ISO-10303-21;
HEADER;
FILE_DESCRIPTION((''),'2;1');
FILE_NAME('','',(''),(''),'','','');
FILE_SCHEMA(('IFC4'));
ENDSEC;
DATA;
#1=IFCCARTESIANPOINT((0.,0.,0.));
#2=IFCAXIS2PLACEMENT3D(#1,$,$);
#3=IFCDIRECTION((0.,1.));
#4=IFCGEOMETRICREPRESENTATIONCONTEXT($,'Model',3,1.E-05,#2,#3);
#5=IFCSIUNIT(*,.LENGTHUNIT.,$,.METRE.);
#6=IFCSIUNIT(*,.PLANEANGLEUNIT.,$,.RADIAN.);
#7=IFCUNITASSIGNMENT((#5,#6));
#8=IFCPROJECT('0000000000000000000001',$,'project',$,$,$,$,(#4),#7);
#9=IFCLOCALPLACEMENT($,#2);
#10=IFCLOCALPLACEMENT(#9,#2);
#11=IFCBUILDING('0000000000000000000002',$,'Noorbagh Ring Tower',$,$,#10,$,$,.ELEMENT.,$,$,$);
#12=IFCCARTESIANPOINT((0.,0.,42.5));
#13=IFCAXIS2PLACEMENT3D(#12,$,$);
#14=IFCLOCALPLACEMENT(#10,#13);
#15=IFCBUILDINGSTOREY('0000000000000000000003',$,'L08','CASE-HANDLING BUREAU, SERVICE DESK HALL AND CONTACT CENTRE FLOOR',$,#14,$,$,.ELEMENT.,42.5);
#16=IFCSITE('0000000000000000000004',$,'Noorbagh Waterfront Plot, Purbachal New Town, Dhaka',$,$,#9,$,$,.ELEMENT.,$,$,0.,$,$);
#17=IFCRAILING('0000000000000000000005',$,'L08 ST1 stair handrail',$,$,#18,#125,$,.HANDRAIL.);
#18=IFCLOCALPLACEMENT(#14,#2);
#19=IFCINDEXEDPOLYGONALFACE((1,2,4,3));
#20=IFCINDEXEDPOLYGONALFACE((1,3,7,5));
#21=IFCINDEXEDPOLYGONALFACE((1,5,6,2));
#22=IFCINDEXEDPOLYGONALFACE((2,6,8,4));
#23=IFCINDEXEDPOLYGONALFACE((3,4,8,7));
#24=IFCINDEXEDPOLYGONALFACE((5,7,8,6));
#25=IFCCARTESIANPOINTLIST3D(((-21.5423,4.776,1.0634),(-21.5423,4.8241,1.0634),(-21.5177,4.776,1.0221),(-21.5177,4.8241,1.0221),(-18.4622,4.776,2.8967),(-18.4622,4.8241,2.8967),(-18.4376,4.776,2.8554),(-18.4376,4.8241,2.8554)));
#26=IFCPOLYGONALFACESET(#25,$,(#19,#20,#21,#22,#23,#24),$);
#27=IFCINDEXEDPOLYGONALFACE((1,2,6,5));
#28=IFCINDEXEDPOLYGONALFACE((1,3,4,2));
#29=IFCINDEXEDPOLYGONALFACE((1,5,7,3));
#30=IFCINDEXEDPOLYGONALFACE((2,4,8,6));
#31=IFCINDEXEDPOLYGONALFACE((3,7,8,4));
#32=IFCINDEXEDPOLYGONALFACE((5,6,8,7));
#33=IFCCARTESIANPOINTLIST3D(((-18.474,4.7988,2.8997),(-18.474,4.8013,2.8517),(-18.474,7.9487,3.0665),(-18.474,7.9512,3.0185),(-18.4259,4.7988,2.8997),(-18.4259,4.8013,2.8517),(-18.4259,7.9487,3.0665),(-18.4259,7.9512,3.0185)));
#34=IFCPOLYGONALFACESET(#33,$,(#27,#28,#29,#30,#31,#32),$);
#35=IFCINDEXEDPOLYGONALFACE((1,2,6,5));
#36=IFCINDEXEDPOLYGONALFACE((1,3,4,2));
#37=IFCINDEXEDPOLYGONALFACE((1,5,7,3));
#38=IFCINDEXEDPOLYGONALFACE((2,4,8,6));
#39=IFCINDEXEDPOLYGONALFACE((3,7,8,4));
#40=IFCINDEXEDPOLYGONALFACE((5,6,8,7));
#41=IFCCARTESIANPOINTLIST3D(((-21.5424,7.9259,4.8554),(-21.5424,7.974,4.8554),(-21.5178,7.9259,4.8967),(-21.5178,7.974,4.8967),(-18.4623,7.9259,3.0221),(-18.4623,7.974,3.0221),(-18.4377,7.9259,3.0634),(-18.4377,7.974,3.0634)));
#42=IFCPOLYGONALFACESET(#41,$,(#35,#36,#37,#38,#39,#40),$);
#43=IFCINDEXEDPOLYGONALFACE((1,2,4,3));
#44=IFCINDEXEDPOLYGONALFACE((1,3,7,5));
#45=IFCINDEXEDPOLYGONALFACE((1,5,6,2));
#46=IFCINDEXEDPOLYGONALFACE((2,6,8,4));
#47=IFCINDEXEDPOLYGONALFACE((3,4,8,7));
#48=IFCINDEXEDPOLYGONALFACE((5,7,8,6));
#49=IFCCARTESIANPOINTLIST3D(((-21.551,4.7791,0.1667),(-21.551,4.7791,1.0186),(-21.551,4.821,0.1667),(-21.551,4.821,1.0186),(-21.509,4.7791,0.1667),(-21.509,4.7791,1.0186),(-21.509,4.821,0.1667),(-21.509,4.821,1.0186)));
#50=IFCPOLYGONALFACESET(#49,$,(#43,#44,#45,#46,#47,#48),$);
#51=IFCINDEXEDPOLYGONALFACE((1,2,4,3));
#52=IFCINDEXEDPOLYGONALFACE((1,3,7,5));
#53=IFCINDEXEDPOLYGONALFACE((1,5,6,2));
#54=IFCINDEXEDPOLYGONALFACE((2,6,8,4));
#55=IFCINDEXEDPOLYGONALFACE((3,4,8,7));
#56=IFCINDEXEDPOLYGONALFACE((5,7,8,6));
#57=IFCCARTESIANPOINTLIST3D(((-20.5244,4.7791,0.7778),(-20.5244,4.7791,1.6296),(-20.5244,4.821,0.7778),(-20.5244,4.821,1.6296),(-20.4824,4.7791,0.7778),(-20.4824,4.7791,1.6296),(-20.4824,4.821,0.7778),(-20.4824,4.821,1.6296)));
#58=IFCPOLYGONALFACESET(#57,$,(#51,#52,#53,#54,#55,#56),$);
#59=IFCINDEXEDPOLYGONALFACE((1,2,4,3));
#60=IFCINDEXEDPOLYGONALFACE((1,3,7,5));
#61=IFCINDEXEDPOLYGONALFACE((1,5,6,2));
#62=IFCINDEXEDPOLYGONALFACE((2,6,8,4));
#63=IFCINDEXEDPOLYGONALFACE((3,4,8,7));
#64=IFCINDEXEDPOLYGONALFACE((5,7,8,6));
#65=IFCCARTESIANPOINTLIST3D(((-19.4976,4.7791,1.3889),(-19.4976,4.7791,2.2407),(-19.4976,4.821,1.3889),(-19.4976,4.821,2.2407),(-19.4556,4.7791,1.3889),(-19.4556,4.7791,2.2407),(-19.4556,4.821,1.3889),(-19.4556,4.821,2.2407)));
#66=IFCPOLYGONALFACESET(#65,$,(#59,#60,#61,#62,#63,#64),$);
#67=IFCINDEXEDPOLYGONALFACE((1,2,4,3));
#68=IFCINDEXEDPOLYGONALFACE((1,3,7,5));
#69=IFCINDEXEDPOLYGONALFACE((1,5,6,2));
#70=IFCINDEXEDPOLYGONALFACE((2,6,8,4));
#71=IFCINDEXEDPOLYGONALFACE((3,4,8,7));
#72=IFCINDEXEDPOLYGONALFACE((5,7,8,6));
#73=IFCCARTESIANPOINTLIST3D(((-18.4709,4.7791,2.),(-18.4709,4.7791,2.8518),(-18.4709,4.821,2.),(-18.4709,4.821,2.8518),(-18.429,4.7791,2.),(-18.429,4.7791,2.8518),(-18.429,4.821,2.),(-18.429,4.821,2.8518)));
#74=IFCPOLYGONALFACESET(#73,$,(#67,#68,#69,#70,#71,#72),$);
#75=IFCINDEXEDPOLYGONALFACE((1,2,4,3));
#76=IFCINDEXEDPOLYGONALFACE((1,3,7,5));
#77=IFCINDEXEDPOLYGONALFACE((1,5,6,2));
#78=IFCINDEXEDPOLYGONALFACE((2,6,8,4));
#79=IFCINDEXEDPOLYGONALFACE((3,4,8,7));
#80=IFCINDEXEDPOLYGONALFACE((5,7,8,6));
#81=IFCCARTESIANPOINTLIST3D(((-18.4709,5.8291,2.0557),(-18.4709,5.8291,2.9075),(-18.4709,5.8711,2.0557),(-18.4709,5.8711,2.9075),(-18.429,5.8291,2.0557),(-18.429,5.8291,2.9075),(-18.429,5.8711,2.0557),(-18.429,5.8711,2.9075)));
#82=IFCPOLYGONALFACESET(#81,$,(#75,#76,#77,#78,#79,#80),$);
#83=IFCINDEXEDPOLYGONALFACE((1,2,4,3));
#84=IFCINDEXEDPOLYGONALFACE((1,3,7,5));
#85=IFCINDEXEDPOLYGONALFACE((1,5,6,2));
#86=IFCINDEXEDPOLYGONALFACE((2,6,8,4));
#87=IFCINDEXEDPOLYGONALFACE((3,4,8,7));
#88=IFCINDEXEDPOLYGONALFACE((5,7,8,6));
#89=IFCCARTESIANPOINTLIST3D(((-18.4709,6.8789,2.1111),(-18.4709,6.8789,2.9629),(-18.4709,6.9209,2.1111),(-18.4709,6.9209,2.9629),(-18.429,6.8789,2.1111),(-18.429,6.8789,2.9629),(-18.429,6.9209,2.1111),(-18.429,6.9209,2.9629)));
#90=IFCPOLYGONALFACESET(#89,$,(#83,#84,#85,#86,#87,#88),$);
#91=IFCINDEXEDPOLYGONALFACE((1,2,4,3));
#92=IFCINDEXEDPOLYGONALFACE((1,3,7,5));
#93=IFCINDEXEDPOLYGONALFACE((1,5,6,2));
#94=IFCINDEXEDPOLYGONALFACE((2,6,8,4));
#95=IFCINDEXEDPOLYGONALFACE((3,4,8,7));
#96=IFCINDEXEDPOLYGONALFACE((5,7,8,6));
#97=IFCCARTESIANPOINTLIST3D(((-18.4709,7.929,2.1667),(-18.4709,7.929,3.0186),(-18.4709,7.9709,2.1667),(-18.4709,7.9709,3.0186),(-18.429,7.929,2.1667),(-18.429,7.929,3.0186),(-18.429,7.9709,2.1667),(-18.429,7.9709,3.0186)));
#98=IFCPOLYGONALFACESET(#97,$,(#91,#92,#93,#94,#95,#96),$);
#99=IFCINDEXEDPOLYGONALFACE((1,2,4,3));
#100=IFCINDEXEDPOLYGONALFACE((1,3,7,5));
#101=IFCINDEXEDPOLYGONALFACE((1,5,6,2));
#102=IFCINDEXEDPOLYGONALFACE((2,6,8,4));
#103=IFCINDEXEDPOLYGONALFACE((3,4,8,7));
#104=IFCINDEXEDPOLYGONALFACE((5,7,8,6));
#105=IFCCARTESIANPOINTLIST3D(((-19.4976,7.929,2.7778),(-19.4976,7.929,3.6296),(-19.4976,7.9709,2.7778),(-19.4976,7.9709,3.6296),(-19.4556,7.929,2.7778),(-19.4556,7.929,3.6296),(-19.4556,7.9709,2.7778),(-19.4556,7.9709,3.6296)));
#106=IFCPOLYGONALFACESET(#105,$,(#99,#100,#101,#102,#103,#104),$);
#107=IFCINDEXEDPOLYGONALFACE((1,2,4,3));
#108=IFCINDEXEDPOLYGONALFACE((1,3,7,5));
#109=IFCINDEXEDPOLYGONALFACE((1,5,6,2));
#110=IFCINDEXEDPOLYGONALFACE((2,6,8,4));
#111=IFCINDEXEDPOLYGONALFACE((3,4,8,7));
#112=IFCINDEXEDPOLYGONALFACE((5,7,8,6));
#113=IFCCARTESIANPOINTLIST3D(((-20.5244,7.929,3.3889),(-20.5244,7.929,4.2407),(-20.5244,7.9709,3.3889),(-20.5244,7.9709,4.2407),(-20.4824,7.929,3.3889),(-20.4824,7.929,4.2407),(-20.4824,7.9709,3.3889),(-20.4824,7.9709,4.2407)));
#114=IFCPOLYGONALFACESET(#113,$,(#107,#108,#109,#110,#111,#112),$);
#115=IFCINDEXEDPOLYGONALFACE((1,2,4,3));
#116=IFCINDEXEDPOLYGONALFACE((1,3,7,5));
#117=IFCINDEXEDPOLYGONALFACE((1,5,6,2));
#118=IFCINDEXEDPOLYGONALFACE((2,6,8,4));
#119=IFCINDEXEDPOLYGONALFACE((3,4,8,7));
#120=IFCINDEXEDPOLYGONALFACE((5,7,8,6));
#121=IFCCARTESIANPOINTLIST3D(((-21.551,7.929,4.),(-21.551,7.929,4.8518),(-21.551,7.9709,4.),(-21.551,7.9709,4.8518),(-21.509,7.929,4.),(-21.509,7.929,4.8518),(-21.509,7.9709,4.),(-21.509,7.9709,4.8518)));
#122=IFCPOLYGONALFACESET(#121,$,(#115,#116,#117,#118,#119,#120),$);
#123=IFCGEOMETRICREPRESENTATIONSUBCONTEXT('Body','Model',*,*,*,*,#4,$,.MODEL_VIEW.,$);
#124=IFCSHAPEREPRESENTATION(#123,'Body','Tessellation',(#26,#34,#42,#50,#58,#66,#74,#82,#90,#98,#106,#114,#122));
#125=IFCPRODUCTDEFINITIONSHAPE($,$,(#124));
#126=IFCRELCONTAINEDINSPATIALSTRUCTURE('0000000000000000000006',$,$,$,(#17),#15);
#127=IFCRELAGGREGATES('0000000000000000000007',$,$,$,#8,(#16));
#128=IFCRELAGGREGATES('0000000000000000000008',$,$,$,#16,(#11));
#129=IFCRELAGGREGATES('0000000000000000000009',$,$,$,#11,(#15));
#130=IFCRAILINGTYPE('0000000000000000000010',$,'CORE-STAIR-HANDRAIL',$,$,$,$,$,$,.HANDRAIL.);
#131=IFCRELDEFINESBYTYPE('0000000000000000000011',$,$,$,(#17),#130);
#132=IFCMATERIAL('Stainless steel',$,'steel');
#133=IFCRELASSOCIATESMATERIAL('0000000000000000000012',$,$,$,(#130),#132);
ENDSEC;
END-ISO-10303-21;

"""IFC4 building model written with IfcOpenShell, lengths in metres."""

from ifc_helpers import new_model, si_unit, direction, frame, origin, origin_2d, place, context, subcontext, project, spatial, rectangle, extrude, material, type_object, element, save


model = new_model("IFC4")

# Units and contexts
model_context = context("Model", 3, precision=1e-05, world=origin(), true_north=direction((0.0, 1.0)))
body_context = subcontext(model_context, "Body", "Model", "MODEL_VIEW")
ifc_project = project(units=[si_unit("LENGTHUNIT", "METRE"), si_unit("PLANEANGLEUNIT", "RADIAN")], contexts=[model_context])

# Site, building, storey
site_placement = place(None, origin())
site = spatial("IfcSite", under=ifc_project, at=site_placement, Name="Noorbagh Waterfront Plot, Purbachal New Town, Dhaka", CompositionType="ELEMENT", RefElevation=0.0)
building_placement = place(site_placement, origin())
building = spatial("IfcBuilding", under=site, at=building_placement, Name="Noorbagh Ring Tower", CompositionType="ELEMENT")
storey_placement = place(building_placement, frame((0.0, 0.0, 42.5)))
storey = spatial("IfcBuildingStorey", under=building, at=storey_placement, Name="L08", Description="CASE-HANDLING BUREAU, SERVICE DESK HALL AND CONTACT CENTRE FLOOR", CompositionType="ELEMENT", Elevation=42.5)

# Railing
ifc_material_1 = material(Name="Stainless steel", Category="steel")
railing_type_1 = type_object("IfcRailingType", Name="CORE-STAIR-HANDRAIL", PredefinedType="HANDRAIL", material=ifc_material_1)
railing_1_placement = place(storey_placement, frame((-21.53, 4.8, 0.1667)))
element("IfcRailing", 1, at=railing_1_placement, inside=storey, type_object=railing_type_1, Name="L08 ST1 stair handrail", PredefinedType="HANDRAIL", context=body_context, shape_type="SweptSolid", body=[
    extrude(rectangle(XDim=0.0481, YDim=0.0481, at=origin_2d()), frame((0.0, 0.0, 0.876), z_axis=(0.859309, 0.0, 0.511458), x_axis=(0.0, 1.0, 0.0)), (0.0, 0.0, 1.0), 3.5845),
    extrude(rectangle(XDim=0.0481, YDim=0.0481, at=origin_2d()), frame((3.0801, 0.0, 2.709), z_axis=(0.0, 0.998602, 0.052864), x_axis=(-1.0, 0.0, 0.0)), (0.0, 0.0, 1.0), 3.1543),
    extrude(rectangle(XDim=0.0481, YDim=0.0481, at=origin_2d()), frame((3.0801, 3.1499, 2.876), z_axis=(-0.859309, 0.0, 0.511458), x_axis=(0.0, -1.0, 0.0)), (0.0, 0.0, 1.0), 3.5845),
    extrude(rectangle(XDim=0.042, YDim=0.042, at=origin_2d()), origin(), (0.0, 0.0, 1.0), 0.8518),
    extrude(rectangle(XDim=0.042, YDim=0.042, at=origin_2d()), frame((1.0266, 0.0, 0.6111)), (0.0, 0.0, 1.0), 0.8518),
    extrude(rectangle(XDim=0.042, YDim=0.042, at=origin_2d()), frame((2.0535, 0.0, 1.2222)), (0.0, 0.0, 1.0), 0.8518),
    extrude(rectangle(XDim=0.042, YDim=0.042, at=origin_2d()), frame((3.0801, 0.0, 1.8333)), (0.0, 0.0, 1.0), 0.8518),
    extrude(rectangle(XDim=0.042, YDim=0.042, at=origin_2d()), frame((3.0801, 1.05, 1.8889)), (0.0, 0.0, 1.0), 0.8518),
    extrude(rectangle(XDim=0.042, YDim=0.042, at=origin_2d()), frame((3.0801, 2.0999, 1.9443)), (0.0, 0.0, 1.0), 0.8518),
    extrude(rectangle(XDim=0.042, YDim=0.042, at=origin_2d()), frame((3.0801, 3.1499, 2.0)), (0.0, 0.0, 1.0), 0.8518),
    extrude(rectangle(XDim=0.042, YDim=0.042, at=origin_2d()), frame((2.0535, 3.1499, 2.6111)), (0.0, 0.0, 1.0), 0.8518),
    extrude(rectangle(XDim=0.042, YDim=0.042, at=origin_2d()), frame((1.0266, 3.1499, 3.2222)), (0.0, 0.0, 1.0), 0.8518),
    extrude(rectangle(XDim=0.042, YDim=0.042, at=origin_2d()), frame((0.0, 3.1499, 3.8333)), (0.0, 0.0, 1.0), 0.8518),
])

save(model, "model.ifc")
